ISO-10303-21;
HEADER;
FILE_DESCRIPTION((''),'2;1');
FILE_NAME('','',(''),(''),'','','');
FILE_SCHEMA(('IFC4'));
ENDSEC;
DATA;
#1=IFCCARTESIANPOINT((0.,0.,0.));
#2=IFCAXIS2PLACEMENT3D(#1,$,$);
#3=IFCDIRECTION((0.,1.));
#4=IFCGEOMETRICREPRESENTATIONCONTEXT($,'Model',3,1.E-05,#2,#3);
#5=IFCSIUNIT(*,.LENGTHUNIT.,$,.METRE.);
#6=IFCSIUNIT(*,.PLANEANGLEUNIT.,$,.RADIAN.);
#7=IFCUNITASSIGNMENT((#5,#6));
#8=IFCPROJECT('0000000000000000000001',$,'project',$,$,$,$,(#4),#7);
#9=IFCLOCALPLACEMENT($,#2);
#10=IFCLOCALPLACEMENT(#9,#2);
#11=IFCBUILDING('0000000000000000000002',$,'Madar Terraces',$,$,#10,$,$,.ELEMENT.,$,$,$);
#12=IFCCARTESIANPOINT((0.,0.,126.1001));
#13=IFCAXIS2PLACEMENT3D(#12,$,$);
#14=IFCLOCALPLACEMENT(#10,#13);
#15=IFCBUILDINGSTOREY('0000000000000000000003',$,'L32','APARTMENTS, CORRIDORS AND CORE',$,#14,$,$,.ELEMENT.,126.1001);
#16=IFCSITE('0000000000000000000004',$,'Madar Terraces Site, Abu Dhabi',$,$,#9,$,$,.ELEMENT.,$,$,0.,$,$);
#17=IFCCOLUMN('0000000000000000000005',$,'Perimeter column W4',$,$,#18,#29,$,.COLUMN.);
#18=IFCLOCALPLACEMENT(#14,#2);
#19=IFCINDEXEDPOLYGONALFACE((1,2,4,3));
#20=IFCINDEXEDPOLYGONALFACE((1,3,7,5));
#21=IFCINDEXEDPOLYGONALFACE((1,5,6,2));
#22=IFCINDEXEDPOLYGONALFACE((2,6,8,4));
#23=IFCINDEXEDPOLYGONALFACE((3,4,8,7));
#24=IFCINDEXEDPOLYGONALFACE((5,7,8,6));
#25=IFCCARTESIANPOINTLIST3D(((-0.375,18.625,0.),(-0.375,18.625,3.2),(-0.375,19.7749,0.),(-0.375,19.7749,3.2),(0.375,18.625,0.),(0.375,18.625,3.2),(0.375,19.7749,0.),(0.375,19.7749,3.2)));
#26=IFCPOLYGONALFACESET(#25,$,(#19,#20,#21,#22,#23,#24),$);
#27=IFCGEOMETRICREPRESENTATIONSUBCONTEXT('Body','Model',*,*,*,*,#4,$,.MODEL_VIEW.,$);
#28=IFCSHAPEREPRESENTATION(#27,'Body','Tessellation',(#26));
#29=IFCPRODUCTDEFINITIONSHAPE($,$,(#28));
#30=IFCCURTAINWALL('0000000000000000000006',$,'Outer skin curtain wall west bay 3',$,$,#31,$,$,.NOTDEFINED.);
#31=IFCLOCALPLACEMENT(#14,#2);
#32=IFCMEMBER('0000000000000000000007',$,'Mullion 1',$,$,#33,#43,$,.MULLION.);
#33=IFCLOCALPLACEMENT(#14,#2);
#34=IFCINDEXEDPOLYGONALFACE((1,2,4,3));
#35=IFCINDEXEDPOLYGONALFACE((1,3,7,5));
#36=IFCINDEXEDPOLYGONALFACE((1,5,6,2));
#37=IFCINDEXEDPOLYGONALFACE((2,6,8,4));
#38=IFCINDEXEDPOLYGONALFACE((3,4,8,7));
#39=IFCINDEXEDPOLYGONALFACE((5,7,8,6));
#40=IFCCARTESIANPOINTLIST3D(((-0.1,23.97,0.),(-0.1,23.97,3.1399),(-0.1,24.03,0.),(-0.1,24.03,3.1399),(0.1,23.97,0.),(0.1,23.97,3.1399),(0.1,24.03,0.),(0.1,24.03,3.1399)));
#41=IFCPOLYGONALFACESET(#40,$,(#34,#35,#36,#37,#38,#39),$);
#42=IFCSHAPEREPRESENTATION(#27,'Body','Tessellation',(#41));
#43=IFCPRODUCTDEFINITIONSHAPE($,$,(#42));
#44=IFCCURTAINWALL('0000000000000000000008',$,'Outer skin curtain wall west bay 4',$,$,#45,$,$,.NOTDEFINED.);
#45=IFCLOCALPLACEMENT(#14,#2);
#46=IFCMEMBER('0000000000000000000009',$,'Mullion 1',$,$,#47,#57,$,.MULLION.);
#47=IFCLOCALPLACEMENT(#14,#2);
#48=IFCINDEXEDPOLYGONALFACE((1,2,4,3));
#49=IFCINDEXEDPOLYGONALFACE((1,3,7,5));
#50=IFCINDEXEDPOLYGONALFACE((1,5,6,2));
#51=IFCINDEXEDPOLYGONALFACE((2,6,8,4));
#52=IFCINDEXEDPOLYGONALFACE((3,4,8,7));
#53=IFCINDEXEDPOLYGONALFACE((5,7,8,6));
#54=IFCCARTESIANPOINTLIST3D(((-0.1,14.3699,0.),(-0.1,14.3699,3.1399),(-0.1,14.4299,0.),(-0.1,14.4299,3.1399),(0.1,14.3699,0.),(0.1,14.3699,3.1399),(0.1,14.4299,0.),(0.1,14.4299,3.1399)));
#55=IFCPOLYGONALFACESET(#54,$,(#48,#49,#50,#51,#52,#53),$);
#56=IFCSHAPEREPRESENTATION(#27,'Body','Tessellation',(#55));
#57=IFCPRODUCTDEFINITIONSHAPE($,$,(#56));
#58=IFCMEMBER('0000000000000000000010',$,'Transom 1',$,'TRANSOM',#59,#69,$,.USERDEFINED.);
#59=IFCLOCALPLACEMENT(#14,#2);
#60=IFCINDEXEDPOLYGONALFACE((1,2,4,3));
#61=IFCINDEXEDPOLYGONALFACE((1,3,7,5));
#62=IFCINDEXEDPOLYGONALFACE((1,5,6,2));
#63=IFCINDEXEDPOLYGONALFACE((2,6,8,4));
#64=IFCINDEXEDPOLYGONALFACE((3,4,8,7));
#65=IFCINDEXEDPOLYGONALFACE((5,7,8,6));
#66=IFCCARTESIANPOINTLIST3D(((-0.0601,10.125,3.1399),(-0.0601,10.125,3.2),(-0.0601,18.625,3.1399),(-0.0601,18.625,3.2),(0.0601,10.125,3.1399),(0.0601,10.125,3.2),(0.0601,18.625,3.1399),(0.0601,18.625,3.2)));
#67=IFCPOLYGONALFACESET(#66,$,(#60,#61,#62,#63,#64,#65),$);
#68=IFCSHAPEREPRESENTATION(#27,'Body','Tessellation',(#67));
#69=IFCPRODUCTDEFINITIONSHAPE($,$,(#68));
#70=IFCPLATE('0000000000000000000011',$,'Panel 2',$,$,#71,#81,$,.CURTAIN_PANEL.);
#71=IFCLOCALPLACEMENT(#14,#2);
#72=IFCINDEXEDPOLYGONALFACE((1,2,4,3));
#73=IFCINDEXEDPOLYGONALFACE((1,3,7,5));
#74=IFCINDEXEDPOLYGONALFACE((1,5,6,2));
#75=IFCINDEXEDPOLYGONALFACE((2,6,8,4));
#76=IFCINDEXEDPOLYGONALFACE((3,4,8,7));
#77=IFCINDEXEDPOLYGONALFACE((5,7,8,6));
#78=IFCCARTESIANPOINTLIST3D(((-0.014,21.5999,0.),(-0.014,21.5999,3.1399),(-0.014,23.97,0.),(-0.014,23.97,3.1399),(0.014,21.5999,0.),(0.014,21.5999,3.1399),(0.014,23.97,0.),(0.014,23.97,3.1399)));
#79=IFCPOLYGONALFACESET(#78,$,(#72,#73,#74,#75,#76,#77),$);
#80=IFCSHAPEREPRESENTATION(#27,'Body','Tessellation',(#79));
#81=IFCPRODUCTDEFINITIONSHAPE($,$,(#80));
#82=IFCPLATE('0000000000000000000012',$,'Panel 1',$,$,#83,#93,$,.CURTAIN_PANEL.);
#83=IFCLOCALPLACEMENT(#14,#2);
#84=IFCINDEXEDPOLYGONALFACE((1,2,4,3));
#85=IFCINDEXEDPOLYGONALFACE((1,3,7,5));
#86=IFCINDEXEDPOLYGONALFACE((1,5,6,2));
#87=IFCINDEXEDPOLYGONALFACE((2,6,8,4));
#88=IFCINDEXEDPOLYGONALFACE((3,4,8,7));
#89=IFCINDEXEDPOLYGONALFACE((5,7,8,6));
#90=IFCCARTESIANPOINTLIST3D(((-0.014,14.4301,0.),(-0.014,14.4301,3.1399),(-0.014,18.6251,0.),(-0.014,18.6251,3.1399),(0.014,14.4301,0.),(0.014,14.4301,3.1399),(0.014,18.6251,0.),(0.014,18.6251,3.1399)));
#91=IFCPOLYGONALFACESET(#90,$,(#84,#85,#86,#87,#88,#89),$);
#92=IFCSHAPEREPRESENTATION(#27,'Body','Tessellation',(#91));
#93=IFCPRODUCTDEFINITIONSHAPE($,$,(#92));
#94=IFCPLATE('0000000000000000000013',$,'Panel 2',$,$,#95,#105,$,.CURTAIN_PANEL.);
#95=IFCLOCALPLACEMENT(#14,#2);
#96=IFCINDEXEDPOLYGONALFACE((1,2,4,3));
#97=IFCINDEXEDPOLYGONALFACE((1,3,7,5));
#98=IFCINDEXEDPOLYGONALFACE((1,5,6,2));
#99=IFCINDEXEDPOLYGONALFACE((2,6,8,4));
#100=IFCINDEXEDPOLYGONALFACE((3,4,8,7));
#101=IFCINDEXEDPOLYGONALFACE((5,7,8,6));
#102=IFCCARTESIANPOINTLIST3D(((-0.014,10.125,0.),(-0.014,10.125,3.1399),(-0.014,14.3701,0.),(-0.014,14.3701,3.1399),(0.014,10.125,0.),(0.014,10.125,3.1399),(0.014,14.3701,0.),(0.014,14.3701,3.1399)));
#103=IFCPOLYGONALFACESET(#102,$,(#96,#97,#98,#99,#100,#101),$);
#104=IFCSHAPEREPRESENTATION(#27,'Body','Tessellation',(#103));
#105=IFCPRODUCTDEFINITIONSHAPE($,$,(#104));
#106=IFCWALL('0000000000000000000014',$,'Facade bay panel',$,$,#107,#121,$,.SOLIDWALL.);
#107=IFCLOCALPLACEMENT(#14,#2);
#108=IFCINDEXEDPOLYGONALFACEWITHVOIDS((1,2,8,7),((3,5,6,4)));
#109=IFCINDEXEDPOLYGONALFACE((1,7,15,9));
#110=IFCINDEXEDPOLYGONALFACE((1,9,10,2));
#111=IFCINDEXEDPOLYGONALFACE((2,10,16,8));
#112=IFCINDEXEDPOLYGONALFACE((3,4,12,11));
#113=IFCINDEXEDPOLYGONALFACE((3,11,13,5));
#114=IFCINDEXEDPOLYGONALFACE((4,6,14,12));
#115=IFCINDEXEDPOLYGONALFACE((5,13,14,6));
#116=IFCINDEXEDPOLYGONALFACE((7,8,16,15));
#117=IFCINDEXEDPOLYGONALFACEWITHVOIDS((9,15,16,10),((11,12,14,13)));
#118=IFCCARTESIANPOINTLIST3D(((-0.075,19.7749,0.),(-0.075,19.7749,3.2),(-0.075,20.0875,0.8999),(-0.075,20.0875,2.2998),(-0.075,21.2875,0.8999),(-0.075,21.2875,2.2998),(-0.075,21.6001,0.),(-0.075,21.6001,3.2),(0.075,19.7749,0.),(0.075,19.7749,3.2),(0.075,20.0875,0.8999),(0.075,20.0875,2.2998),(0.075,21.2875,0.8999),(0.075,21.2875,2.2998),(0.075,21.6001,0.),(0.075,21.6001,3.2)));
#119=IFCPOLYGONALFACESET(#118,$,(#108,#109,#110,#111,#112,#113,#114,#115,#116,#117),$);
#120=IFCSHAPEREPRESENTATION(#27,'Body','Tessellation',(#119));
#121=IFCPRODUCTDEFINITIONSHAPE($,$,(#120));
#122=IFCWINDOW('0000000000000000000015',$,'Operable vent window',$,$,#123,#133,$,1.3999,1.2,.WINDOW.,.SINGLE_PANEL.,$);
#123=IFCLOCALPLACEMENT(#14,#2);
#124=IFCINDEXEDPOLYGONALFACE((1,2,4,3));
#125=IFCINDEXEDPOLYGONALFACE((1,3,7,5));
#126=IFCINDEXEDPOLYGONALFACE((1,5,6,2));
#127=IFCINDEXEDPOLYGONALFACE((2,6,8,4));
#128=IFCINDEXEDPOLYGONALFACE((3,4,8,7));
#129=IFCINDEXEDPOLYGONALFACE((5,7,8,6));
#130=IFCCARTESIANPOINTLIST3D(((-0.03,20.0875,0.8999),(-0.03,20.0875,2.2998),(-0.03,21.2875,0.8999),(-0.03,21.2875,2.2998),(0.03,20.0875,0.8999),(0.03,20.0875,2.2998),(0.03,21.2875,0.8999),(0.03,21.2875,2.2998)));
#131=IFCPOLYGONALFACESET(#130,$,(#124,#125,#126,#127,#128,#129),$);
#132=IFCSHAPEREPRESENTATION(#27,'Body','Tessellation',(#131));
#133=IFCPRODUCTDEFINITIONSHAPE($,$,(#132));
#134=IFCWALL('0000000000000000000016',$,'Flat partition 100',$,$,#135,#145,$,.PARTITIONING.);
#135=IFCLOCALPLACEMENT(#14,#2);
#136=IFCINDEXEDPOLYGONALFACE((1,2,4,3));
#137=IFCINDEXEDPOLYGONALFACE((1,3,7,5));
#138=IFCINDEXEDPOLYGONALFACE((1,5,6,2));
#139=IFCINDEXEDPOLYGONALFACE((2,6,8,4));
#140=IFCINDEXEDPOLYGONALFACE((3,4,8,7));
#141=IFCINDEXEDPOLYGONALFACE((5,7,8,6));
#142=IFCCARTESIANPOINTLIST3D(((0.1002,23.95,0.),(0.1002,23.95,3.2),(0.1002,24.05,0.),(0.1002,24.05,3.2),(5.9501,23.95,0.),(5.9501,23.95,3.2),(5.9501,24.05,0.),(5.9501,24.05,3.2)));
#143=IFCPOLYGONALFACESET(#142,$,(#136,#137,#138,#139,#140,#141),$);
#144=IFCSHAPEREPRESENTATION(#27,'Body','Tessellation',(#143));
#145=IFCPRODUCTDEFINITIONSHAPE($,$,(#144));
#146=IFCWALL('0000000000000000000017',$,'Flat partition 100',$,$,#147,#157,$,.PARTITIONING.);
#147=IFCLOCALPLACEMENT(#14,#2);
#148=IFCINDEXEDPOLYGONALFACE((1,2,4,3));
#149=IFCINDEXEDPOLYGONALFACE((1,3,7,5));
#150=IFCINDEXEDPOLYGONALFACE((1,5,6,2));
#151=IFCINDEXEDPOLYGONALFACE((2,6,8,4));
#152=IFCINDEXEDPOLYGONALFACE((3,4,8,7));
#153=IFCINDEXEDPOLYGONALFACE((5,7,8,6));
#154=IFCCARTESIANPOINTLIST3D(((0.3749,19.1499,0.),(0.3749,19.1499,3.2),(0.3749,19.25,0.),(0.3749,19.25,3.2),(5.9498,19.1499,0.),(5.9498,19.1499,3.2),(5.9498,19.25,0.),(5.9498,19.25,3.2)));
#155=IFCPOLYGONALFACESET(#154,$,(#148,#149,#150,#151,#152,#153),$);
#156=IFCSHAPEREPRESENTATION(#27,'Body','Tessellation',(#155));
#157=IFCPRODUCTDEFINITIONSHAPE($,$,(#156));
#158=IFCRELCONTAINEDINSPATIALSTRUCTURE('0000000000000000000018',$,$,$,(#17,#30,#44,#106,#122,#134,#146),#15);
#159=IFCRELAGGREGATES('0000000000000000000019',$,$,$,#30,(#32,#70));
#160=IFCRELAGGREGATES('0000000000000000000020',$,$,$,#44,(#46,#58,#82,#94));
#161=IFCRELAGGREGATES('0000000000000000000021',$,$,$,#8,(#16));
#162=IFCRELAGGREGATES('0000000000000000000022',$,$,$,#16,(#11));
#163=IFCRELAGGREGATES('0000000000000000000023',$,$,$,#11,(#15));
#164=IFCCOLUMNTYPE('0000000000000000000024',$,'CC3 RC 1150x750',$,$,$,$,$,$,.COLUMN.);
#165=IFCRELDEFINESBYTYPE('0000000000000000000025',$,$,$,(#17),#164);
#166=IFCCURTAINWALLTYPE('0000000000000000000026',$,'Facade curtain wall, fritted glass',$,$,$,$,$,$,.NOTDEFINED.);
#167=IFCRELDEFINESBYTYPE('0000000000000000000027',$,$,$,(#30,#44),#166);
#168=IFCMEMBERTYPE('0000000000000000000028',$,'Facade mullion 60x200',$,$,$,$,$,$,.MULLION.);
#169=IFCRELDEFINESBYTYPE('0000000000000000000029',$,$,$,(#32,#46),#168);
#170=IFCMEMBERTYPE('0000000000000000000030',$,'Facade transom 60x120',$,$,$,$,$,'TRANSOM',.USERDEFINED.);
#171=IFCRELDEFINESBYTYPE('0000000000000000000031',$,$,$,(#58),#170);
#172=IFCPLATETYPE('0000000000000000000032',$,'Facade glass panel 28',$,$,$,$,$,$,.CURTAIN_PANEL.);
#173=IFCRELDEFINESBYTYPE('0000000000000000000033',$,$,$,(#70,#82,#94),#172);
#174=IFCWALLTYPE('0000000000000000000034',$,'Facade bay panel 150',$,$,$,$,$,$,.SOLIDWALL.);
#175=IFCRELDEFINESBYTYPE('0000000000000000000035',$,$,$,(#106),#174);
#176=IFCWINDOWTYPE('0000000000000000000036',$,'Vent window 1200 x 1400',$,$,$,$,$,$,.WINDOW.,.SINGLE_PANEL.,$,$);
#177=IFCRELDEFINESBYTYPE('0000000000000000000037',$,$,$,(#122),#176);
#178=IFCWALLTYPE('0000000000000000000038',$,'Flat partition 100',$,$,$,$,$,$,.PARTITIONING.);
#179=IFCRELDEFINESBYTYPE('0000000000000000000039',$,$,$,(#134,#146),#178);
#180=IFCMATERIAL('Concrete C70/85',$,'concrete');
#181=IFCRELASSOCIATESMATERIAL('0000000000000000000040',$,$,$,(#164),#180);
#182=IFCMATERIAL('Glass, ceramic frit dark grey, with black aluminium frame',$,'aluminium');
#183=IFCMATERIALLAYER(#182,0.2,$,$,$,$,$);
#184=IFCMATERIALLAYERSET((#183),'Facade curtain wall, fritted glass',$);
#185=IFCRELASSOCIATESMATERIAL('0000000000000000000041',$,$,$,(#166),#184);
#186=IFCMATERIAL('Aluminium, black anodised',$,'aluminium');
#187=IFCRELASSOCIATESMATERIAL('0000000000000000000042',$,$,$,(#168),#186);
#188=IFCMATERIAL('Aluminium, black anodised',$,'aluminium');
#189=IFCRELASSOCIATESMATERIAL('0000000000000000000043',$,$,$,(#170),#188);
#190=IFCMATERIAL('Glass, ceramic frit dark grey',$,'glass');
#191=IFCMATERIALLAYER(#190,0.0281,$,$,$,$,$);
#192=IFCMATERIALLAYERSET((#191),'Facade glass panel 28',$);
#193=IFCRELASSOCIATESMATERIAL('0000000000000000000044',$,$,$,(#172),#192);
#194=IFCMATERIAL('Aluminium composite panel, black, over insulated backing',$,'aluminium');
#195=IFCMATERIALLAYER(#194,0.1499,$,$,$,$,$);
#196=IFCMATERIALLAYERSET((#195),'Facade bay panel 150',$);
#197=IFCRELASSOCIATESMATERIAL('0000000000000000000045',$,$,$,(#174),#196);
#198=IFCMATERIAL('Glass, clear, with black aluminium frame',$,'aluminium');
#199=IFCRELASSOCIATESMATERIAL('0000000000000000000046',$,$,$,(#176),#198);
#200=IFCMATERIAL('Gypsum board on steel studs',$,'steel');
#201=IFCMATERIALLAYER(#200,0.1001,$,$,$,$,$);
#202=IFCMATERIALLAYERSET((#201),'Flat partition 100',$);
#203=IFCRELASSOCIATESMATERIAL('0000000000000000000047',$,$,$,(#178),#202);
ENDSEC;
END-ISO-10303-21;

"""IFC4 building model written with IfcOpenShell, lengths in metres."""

from ifc_helpers import new_model, si_unit, direction, frame, frame_2d, origin, origin_2d, place, context, subcontext, project, spatial, rectangle, extrude, material, layer, layer_set, material_profile, profile_set, type_object, element, fill, aggregate, save


model = new_model("IFC4")

# Units and contexts
model_context = context("Model", 3, precision=1e-05, world=origin(), true_north=direction((0.0, 1.0)))
body_context = subcontext(model_context, "Body", "Model", "MODEL_VIEW")
ifc_project = project(units=[si_unit("LENGTHUNIT", "METRE"), si_unit("PLANEANGLEUNIT", "RADIAN")], contexts=[model_context])

# Site, building, storey
site_placement = place(None, origin())
site = spatial("IfcSite", under=ifc_project, at=site_placement, Name="Madar Terraces Site, Abu Dhabi", CompositionType="ELEMENT", RefElevation=0.0)
building_placement = place(site_placement, origin())
building = spatial("IfcBuilding", under=site, at=building_placement, Name="Madar Terraces", CompositionType="ELEMENT")
storey_placement = place(building_placement, frame((0.0, 0.0, 126.1001)))
storey = spatial("IfcBuildingStorey", under=building, at=storey_placement, Name="L32", Description="APARTMENTS, CORRIDORS AND CORE", CompositionType="ELEMENT", Elevation=126.1001)

# Column
ifc_material_1 = material(Name="Concrete C70/85", Category="concrete")
ifc_material_profile_1 = material_profile(ifc_material_1, rectangle(XDim=1.1499, YDim=0.75, at=origin_2d()), Name="CC3 RC 1150x750")
ifc_profile_set_1 = profile_set([ifc_material_profile_1], Name="Concrete C70/85")
column_type = type_object("IfcColumnType", Name="CC3 RC 1150x750", PredefinedType="COLUMN", material=ifc_profile_set_1)
column_placement = place(storey_placement, frame((0.0, 19.2, 0.0), z_axis=(0.0, 0.0, 1.0), x_axis=(0.0, 1.0, 0.0)))
element("IfcColumn", 1, at=column_placement, inside=storey, type_object=column_type, Name="Perimeter column W4", PredefinedType="COLUMN", context=body_context, shape_type="SweptSolid", body=[
    extrude(rectangle(XDim=1.1499, YDim=0.75, at=origin_2d()), origin(), (0.0, 0.0, 1.0), 3.2),
])

# Curtain wall, member
ifc_material_2 = material(Name="Glass, ceramic frit dark grey, with black aluminium frame", Category="aluminium")
ifc_layer_1 = layer(ifc_material_2, 0.2)
ifc_layer_set_1 = layer_set([ifc_layer_1], Name="Facade curtain wall, fritted glass")
curtain_wall_type = type_object("IfcCurtainWallType", Name="Facade curtain wall, fritted glass", PredefinedType="NOTDEFINED", material=ifc_layer_set_1)
curtain_wall_1_placement = place(storey_placement, origin())
curtain_wall_1 = element("IfcCurtainWall", 2, at=curtain_wall_1_placement, inside=storey, type_object=curtain_wall_type, Name="Outer skin curtain wall west bay 3", PredefinedType="NOTDEFINED")
ifc_material_3 = material(Name="Aluminium, black anodised", Category="aluminium")
ifc_material_profile_2 = material_profile(ifc_material_3, rectangle(XDim=0.2, YDim=0.0601, at=origin_2d()), Name="Facade mullion 60x200")
ifc_profile_set_2 = profile_set([ifc_material_profile_2], Name="Aluminium, black anodised")
member_type_1 = type_object("IfcMemberType", Name="Facade mullion 60x200", PredefinedType="MULLION", material=ifc_profile_set_2)
member_1_placement = place(storey_placement, frame((0.0, 24.0, 0.0), z_axis=(0.0, 0.0, 1.0), x_axis=(1.0, 0.0, 0.0)))
member_1 = element("IfcMember", 3, at=member_1_placement, type_object=member_type_1, Name="Mullion 1", PredefinedType="MULLION", context=body_context, shape_type="SweptSolid", body=[
    extrude(rectangle(XDim=0.2, YDim=0.0601, at=origin_2d()), origin(), (0.0, 0.0, 1.0), 3.1399),
])

# Curtain wall, members
curtain_wall_2_placement = place(storey_placement, origin())
curtain_wall_2 = element("IfcCurtainWall", 4, at=curtain_wall_2_placement, inside=storey, type_object=curtain_wall_type, Name="Outer skin curtain wall west bay 4", PredefinedType="NOTDEFINED")
member_2_placement = place(storey_placement, frame((0.0, 14.3999, 0.0), z_axis=(0.0, 0.0, 1.0), x_axis=(1.0, 0.0, 0.0)))
member_2 = element("IfcMember", 5, at=member_2_placement, type_object=member_type_1, Name="Mullion 1", PredefinedType="MULLION", context=body_context, shape_type="SweptSolid", body=[
    extrude(rectangle(XDim=0.2, YDim=0.0601, at=origin_2d()), origin(), (0.0, 0.0, 1.0), 3.1399),
])
ifc_material_4 = material(Name="Aluminium, black anodised", Category="aluminium")
ifc_material_profile_3 = material_profile(ifc_material_4, rectangle(XDim=0.1201, YDim=0.0601, at=origin_2d()), Name="Facade transom 60x120")
ifc_profile_set_3 = profile_set([ifc_material_profile_3], Name="Aluminium, black anodised")
member_type_2 = type_object("IfcMemberType", Name="Facade transom 60x120", ElementType="TRANSOM", PredefinedType="USERDEFINED", material=ifc_profile_set_3)
member_3_placement = place(storey_placement, frame((0.0, 18.625, 3.1699), z_axis=(0.0, -1.0, 0.0), x_axis=(1.0, 0.0, 0.0)))
member_3 = element("IfcMember", 6, at=member_3_placement, type_object=member_type_2, Name="Transom 1", ObjectType="TRANSOM", PredefinedType="USERDEFINED", context=body_context, shape_type="SweptSolid", body=[
    extrude(rectangle(XDim=0.1201, YDim=0.0601, at=origin_2d()), origin(), (0.0, 0.0, 1.0), 8.5),
])

# Plates
ifc_material_5 = material(Name="Glass, ceramic frit dark grey", Category="glass")
ifc_layer_2 = layer(ifc_material_5, 0.0281)
ifc_layer_set_2 = layer_set([ifc_layer_2], Name="Facade glass panel 28")
plate_type = type_object("IfcPlateType", Name="Facade glass panel 28", PredefinedType="CURTAIN_PANEL", material=ifc_layer_set_2)
plate_1_placement = place(storey_placement, frame((0.0, 22.7849, 0.0), z_axis=(0.0, 0.0, 1.0), x_axis=(0.0, -1.0, 0.0)))
plate_1 = element("IfcPlate", 7, at=plate_1_placement, type_object=plate_type, Name="Panel 2", PredefinedType="CURTAIN_PANEL", context=body_context, shape_type="SweptSolid", body=[
    extrude(rectangle(XDim=2.3701, YDim=0.0281, at=origin_2d()), origin(), (0.0, 0.0, 1.0), 3.1399),
])
aggregate(curtain_wall_1, [member_1, plate_1])
plate_2_placement = place(storey_placement, frame((0.0, 16.5276, 0.0), z_axis=(0.0, 0.0, 1.0), x_axis=(0.0, -1.0, 0.0)))
plate_2 = element("IfcPlate", 8, at=plate_2_placement, type_object=plate_type, Name="Panel 1", PredefinedType="CURTAIN_PANEL", context=body_context, shape_type="SweptSolid", body=[
    extrude(rectangle(XDim=4.1951, YDim=0.0281, at=origin_2d()), origin(), (0.0, 0.0, 1.0), 3.1399),
])
plate_3_placement = place(storey_placement, frame((0.0, 12.2476, 0.0), z_axis=(0.0, 0.0, 1.0), x_axis=(0.0, -1.0, 0.0)))
plate_3 = element("IfcPlate", 9, at=plate_3_placement, type_object=plate_type, Name="Panel 2", PredefinedType="CURTAIN_PANEL", context=body_context, shape_type="SweptSolid", body=[
    extrude(rectangle(XDim=4.2451, YDim=0.0281, at=origin_2d()), origin(), (0.0, 0.0, 1.0), 3.1399),
])
aggregate(curtain_wall_2, [member_2, member_3, plate_2, plate_3])

# Wall, opening, window
ifc_material_6 = material(Name="Aluminium composite panel, black, over insulated backing", Category="aluminium")
ifc_layer_3 = layer(ifc_material_6, 0.1499)
ifc_layer_set_3 = layer_set([ifc_layer_3], Name="Facade bay panel 150")
wall_type_1 = type_object("IfcWallType", Name="Facade bay panel 150", PredefinedType="SOLIDWALL", material=ifc_layer_set_3)
wall_1_placement = place(storey_placement, frame((0.0, 21.6001, 0.0), z_axis=(0.0, 0.0, 1.0), x_axis=(0.0, -1.0, 0.0)))
wall_1 = element("IfcWall", 10, at=wall_1_placement, inside=storey, type_object=wall_type_1, Name="Facade bay panel", PredefinedType="SOLIDWALL", context=body_context, shape_type="SweptSolid", body=[
    extrude(rectangle(XDim=1.8252, YDim=0.1499, at=frame_2d((0.9126, 0.0))), origin(), (0.0, 0.0, 1.0), 3.2),
])
opening_1_placement = place(wall_1_placement, frame((0.3125, 0.0, 0.8999)))
opening_1 = element("IfcOpeningElement", 11, at=opening_1_placement, cuts=wall_1, PredefinedType="OPENING", context=body_context, shape_type="SweptSolid", body=[
    extrude(rectangle(XDim=1.2, YDim=1.3999, at=frame_2d((0.6001, 0.7))), frame((0.0, 0.085, 0.0), z_axis=(0.0, -1.0, 0.0), x_axis=(1.0, 0.0, 0.0)), (0.0, 0.0, 1.0), 0.1699),
])
ifc_material_7 = material(Name="Glass, clear, with black aluminium frame", Category="aluminium")
window_type = type_object("IfcWindowType", Name="Vent window 1200 x 1400", PartitioningType="SINGLE_PANEL", PredefinedType="WINDOW", material=ifc_material_7)
window_placement = place(opening_1_placement, origin())
window = element("IfcWindow", 12, at=window_placement, inside=storey, type_object=window_type, Name="Operable vent window", OverallHeight=1.3999, OverallWidth=1.2, PartitioningType="SINGLE_PANEL", PredefinedType="WINDOW", context=body_context, shape_type="SweptSolid", body=[
    extrude(rectangle(XDim=1.2, YDim=1.3999, at=frame_2d((0.6001, 0.7))), frame((0.0, 0.03, 0.0), z_axis=(0.0, -1.0, 0.0), x_axis=(1.0, 0.0, 0.0)), (0.0, 0.0, 1.0), 0.0601),
])
fill(opening_1, window)

# Walls
ifc_material_8 = material(Name="Gypsum board on steel studs", Category="steel")
ifc_layer_4 = layer(ifc_material_8, 0.1001)
ifc_layer_set_4 = layer_set([ifc_layer_4], Name="Flat partition 100")
wall_type_2 = type_object("IfcWallType", Name="Flat partition 100", PredefinedType="PARTITIONING", material=ifc_layer_set_4)
wall_2_placement = place(storey_placement, frame((5.95, 24.0, 0.0), z_axis=(0.0, 0.0, 1.0), x_axis=(-1.0, 0.0, 0.0)))
element("IfcWall", 13, at=wall_2_placement, inside=storey, type_object=wall_type_2, Name="Flat partition 100", PredefinedType="PARTITIONING", context=body_context, shape_type="SweptSolid", body=[
    extrude(rectangle(XDim=5.8499, YDim=0.1001, at=frame_2d((2.9248, 0.0))), origin(), (0.0, 0.0, 1.0), 3.2),
])
wall_3_placement = place(storey_placement, frame((5.95, 19.2, 0.0), z_axis=(0.0, 0.0, 1.0), x_axis=(-1.0, 0.0, 0.0)))
element("IfcWall", 14, at=wall_3_placement, inside=storey, type_object=wall_type_2, Name="Flat partition 100", PredefinedType="PARTITIONING", context=body_context, shape_type="SweptSolid", body=[
    extrude(rectangle(XDim=5.575, YDim=0.1001, at=frame_2d((2.7876, 0.0))), origin(), (0.0, 0.0, 1.0), 3.2),
])

save(model, "model.ifc")
